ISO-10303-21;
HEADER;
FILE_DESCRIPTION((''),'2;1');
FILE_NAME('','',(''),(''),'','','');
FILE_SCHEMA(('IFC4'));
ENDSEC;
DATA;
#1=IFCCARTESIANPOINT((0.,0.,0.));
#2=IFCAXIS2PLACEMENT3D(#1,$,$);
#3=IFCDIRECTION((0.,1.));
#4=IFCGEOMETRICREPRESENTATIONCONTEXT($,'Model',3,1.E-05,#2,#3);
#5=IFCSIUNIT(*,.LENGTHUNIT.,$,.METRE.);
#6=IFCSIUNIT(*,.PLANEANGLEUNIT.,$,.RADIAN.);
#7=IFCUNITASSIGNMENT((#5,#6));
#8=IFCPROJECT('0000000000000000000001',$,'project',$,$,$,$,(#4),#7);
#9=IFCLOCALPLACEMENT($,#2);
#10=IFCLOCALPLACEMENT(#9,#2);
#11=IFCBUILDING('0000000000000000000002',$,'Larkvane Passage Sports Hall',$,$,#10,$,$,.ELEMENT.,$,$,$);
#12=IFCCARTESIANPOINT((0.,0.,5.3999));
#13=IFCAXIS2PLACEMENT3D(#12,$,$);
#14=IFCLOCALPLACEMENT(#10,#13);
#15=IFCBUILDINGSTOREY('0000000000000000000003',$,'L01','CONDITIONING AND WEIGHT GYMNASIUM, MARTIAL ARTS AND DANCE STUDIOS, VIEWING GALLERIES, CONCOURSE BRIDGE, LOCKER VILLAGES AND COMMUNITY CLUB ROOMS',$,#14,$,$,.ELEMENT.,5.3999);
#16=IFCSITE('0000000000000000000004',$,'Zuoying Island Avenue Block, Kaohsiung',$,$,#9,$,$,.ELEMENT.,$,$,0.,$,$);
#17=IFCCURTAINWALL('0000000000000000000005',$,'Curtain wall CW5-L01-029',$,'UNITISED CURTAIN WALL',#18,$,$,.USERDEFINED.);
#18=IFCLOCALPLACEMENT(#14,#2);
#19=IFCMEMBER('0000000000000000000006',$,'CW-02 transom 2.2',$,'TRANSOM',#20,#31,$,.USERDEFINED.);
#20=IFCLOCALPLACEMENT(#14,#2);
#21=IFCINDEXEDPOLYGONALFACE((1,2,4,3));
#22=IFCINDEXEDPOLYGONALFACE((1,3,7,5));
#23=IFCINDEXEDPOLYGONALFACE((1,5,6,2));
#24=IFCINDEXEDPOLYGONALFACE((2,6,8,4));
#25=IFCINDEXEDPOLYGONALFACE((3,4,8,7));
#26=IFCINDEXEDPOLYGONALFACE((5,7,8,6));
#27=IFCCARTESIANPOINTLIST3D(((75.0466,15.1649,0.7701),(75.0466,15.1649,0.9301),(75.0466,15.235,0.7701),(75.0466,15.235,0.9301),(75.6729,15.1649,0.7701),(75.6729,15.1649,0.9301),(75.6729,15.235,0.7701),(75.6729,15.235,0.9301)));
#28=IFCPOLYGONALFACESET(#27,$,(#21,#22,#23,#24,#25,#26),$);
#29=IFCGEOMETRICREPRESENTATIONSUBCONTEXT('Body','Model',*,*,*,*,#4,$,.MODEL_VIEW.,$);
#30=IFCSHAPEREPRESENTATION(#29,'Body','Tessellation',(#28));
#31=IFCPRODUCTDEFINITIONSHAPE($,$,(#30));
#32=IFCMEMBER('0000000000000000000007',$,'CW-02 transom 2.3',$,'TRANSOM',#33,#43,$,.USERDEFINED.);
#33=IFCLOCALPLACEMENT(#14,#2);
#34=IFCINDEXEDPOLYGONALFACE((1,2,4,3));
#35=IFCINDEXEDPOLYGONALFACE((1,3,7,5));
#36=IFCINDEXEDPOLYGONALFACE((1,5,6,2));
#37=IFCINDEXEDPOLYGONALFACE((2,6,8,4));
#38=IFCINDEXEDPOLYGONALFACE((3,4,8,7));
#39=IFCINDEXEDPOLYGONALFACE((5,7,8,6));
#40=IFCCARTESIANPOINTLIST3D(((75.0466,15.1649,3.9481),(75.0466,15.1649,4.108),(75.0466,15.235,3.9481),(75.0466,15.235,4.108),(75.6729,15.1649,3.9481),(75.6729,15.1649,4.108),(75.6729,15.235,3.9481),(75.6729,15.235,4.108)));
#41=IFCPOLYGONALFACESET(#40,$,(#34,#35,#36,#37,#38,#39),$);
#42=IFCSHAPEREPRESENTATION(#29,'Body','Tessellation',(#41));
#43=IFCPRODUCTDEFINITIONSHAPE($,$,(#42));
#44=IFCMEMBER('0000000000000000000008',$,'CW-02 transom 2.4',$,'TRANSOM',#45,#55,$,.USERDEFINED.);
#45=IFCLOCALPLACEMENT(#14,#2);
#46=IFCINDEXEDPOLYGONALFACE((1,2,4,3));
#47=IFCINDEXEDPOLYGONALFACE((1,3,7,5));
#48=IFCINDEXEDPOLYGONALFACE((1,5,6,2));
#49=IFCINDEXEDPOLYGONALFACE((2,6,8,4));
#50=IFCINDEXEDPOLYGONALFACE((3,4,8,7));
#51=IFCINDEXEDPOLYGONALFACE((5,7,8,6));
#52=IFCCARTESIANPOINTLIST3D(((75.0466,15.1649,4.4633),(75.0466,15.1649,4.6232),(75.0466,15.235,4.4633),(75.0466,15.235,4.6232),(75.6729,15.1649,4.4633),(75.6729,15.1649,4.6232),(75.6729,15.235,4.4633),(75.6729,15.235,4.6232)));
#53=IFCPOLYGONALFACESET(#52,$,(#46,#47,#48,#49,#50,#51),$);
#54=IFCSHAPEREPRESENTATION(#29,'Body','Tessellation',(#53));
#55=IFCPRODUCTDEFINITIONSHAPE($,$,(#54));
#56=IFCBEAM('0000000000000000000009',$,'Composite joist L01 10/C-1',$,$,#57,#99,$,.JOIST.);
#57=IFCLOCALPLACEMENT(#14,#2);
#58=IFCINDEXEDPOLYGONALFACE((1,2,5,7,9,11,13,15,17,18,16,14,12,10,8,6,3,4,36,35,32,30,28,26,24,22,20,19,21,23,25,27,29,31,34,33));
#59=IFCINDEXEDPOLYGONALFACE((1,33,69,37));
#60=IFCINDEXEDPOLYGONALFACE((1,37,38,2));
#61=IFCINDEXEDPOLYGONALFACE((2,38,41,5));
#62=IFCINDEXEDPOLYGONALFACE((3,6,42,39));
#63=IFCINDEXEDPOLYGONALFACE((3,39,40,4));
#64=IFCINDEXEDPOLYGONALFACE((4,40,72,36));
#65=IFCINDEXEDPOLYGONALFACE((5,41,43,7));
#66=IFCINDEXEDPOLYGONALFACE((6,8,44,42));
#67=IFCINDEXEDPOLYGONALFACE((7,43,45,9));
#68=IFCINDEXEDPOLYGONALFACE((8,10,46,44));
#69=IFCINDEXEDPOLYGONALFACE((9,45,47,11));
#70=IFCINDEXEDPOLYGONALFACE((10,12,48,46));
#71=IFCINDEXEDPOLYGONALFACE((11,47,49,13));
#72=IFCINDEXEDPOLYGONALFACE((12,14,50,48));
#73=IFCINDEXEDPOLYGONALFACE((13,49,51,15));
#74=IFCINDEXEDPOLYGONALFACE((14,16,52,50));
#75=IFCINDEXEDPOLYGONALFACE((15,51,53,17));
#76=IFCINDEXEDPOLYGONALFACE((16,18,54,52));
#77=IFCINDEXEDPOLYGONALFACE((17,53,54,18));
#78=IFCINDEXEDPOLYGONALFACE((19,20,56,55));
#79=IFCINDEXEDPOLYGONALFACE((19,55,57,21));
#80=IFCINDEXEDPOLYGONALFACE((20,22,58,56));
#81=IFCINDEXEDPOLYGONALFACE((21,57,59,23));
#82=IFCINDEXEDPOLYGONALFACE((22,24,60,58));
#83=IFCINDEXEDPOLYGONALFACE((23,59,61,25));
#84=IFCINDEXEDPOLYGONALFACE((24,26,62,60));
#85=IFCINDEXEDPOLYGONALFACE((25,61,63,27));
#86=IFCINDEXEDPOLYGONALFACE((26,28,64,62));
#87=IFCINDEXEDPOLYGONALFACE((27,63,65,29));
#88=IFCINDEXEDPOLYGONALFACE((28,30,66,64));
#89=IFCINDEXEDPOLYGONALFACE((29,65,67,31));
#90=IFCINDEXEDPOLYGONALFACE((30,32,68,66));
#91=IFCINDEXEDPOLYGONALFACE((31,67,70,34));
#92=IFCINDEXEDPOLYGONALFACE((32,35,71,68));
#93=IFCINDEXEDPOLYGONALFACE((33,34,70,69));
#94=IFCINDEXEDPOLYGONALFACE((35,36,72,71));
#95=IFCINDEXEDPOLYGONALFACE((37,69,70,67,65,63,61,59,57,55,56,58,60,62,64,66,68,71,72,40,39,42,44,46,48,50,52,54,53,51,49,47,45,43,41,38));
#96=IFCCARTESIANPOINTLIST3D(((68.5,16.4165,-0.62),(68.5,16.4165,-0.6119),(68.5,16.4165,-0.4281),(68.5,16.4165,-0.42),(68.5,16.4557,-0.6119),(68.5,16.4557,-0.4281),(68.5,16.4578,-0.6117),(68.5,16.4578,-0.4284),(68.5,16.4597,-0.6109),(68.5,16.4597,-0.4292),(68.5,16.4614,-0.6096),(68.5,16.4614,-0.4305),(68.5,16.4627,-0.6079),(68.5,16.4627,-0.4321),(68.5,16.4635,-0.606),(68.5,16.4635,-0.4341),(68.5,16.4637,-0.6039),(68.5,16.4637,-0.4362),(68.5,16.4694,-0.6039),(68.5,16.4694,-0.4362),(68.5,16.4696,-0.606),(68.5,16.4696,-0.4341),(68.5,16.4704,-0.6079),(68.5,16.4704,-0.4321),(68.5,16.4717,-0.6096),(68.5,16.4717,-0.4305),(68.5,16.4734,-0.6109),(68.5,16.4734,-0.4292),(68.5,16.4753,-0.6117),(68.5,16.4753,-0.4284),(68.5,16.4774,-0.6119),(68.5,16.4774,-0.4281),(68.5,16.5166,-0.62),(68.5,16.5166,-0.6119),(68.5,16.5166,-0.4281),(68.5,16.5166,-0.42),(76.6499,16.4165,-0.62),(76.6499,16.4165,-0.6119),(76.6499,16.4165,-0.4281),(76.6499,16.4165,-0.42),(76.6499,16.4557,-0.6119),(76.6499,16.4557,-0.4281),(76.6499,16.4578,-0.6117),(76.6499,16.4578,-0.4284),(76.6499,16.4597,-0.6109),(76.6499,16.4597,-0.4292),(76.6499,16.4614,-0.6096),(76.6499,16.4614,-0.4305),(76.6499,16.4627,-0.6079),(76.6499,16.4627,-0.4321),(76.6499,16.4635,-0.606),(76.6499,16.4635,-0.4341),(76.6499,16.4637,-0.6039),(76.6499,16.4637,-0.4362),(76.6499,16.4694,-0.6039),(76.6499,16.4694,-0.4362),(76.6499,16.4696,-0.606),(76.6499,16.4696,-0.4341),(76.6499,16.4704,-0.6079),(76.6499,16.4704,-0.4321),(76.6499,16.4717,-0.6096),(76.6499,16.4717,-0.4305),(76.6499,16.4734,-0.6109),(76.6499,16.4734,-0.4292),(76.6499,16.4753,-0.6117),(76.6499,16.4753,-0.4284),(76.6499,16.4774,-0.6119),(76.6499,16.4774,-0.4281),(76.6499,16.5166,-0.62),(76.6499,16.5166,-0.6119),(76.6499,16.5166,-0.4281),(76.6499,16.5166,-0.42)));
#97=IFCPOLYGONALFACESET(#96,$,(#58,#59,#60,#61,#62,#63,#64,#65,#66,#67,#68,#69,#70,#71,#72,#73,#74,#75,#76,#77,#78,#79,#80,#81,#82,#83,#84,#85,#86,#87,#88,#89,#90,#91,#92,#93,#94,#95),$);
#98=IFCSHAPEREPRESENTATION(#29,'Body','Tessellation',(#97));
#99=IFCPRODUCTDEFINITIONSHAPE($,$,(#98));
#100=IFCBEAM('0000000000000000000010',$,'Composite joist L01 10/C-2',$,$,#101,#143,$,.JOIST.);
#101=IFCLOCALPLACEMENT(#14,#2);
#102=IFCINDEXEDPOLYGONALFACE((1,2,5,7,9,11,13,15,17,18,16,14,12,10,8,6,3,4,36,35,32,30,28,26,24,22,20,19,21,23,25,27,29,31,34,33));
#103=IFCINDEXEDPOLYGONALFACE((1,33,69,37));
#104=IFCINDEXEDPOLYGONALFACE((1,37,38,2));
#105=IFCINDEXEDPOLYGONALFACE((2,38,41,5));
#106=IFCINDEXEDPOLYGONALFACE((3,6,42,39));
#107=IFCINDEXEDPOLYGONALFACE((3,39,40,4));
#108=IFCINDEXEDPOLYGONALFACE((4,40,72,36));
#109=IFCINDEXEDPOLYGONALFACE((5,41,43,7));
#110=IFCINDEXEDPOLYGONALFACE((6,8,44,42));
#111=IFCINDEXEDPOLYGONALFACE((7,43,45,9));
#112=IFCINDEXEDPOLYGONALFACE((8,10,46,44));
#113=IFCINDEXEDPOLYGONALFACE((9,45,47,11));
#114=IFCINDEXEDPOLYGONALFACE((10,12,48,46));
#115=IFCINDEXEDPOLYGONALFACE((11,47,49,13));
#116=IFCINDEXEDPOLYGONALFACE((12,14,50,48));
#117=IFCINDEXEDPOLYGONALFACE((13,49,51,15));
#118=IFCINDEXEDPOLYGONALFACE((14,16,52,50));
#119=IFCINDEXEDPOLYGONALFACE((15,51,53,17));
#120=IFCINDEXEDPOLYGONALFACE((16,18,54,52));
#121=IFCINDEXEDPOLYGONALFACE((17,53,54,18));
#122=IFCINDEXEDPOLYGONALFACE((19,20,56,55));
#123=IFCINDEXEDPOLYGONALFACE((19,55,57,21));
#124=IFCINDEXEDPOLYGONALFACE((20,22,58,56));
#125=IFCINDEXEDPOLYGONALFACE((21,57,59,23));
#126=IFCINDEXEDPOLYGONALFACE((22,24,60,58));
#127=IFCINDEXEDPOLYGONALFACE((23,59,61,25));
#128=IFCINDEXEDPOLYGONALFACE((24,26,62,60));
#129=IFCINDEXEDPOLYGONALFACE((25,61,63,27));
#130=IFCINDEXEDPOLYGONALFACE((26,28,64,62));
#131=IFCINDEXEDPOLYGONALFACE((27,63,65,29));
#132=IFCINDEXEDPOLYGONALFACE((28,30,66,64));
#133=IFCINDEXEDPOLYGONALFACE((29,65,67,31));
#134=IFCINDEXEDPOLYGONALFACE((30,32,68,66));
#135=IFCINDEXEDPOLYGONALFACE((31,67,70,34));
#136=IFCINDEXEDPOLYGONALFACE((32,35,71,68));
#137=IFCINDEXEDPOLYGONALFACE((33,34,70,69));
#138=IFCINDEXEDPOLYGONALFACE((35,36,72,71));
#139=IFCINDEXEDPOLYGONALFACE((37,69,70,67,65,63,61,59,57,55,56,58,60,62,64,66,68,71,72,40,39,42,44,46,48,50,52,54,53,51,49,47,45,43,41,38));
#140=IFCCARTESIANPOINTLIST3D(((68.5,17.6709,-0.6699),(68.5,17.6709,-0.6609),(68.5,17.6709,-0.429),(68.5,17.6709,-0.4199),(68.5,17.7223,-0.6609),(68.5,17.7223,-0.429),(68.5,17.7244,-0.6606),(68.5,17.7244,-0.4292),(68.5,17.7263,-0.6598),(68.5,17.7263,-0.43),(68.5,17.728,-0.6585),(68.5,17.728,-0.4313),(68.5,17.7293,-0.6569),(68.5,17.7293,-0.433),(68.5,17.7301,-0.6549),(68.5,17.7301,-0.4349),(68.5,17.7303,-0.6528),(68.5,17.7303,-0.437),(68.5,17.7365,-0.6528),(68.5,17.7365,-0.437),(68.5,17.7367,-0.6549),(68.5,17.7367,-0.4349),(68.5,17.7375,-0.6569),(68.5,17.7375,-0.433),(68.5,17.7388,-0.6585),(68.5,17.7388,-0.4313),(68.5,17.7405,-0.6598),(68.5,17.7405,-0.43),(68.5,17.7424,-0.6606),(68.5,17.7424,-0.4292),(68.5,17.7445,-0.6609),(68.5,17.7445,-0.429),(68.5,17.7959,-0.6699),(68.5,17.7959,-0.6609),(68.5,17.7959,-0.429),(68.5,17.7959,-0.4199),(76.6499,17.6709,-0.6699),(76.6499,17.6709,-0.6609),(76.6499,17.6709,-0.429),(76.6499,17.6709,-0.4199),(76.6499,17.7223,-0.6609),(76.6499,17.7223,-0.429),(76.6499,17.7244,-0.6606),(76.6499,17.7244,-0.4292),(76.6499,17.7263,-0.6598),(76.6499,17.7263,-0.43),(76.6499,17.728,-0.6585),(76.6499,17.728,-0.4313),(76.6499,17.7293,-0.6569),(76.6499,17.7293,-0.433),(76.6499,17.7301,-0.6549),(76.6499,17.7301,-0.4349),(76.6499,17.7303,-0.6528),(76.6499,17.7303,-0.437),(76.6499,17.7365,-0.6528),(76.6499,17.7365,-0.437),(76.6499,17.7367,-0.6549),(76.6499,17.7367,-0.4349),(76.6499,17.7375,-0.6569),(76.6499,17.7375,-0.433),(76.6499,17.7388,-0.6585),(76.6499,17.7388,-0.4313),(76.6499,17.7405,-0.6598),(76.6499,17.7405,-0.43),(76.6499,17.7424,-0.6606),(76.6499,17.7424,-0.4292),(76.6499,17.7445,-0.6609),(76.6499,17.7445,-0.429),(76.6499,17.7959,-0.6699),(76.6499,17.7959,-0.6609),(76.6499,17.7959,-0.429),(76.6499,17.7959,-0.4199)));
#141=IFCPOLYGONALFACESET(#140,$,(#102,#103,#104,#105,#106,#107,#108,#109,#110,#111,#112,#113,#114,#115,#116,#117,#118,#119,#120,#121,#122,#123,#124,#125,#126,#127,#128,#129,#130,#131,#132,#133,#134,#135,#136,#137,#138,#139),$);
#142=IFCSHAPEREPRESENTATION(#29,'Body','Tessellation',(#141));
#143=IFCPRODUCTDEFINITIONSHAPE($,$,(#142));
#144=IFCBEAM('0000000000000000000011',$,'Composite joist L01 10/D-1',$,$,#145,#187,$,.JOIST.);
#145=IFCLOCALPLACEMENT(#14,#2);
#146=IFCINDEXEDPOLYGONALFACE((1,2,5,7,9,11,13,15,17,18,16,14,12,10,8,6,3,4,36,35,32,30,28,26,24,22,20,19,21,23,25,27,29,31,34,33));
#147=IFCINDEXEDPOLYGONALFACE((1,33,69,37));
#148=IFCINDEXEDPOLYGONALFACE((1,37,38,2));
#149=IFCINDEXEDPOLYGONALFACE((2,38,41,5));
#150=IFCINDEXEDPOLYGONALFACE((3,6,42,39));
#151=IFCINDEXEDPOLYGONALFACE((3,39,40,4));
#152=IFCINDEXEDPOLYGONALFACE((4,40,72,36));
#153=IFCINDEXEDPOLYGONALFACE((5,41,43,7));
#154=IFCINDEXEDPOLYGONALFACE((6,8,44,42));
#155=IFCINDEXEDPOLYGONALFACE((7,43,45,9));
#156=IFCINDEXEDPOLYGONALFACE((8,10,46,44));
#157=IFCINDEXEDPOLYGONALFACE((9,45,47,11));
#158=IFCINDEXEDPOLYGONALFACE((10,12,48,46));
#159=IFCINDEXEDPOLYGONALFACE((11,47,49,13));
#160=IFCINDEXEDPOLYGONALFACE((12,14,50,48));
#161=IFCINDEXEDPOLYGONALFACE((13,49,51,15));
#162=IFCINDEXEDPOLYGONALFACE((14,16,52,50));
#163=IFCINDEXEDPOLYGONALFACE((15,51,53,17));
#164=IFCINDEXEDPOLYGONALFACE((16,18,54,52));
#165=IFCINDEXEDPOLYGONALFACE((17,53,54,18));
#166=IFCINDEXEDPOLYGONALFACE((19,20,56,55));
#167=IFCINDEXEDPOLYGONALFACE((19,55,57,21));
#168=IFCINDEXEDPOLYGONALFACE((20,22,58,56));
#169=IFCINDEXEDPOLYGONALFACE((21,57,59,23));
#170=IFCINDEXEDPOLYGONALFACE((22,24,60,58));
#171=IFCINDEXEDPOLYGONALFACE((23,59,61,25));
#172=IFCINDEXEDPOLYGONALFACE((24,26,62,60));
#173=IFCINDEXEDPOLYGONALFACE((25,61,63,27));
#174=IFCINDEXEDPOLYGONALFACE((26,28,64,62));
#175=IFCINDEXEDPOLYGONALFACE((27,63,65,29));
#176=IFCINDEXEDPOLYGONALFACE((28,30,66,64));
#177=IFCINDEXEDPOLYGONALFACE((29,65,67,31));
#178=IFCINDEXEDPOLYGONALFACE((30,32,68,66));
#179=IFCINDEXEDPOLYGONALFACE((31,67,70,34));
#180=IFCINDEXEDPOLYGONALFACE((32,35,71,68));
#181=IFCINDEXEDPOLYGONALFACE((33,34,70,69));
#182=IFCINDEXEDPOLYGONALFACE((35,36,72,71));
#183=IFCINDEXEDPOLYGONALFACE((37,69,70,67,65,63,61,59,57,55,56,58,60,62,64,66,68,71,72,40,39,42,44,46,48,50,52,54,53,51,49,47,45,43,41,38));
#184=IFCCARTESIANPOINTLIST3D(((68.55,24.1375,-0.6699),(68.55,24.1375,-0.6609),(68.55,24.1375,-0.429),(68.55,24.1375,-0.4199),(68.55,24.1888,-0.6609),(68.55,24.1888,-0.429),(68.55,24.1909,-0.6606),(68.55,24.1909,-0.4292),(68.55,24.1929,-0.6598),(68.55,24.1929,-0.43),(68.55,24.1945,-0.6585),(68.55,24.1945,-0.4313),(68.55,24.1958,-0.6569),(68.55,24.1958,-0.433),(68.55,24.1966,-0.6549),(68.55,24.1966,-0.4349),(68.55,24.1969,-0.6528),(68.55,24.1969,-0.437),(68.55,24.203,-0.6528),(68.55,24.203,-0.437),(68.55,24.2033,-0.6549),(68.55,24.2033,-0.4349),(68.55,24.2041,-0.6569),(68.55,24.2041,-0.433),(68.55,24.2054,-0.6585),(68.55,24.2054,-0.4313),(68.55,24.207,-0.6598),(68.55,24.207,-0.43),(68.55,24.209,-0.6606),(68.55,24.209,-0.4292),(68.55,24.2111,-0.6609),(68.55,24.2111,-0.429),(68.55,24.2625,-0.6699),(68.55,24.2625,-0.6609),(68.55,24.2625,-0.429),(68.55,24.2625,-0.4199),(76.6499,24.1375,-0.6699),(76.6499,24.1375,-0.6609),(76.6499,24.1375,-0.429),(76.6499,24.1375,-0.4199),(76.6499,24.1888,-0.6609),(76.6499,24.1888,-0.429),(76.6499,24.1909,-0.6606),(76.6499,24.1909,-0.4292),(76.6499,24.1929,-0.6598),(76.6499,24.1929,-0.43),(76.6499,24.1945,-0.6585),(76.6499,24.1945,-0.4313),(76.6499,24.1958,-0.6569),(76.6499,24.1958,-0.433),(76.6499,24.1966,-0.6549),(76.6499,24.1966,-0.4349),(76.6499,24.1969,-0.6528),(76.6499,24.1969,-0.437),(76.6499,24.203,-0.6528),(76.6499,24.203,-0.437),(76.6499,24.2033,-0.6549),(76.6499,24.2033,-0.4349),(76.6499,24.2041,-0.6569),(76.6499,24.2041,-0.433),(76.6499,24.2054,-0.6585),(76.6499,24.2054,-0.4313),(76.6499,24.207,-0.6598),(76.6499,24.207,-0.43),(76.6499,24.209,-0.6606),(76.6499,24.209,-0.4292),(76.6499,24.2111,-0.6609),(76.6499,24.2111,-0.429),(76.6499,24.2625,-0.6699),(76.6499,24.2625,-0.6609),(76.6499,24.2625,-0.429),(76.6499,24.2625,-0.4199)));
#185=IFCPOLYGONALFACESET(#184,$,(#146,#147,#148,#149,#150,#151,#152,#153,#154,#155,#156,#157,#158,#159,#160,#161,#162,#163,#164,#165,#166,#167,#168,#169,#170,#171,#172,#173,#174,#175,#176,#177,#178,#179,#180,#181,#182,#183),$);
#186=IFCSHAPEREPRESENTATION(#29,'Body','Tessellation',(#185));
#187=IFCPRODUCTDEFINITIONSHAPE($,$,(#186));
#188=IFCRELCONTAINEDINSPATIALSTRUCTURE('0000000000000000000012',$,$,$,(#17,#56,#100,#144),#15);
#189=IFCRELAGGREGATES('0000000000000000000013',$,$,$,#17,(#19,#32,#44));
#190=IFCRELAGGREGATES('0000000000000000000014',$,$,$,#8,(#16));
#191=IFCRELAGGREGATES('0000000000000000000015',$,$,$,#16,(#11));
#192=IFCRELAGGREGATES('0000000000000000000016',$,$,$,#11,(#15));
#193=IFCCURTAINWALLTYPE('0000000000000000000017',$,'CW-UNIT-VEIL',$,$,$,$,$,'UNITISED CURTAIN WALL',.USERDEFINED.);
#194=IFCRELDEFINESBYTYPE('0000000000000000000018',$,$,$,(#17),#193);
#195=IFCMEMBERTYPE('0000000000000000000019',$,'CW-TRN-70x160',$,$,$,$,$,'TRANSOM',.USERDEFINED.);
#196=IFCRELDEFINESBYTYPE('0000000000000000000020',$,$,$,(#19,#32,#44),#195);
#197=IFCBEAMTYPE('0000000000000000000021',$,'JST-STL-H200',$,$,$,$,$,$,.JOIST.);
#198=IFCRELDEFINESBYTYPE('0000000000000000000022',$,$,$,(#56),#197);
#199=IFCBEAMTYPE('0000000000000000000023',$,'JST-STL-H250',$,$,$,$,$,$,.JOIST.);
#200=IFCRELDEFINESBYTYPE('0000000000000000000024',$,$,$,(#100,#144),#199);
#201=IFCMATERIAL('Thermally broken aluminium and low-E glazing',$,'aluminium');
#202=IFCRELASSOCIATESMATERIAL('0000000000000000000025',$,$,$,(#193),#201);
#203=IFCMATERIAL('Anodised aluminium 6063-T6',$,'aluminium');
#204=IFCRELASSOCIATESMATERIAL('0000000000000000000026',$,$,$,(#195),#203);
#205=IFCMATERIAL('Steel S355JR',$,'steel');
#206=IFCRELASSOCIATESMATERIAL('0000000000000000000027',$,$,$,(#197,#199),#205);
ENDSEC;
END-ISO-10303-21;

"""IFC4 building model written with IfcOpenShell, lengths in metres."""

from ifc_helpers import new_model, si_unit, direction, frame, origin, origin_2d, place, context, subcontext, project, spatial, rectangle, i_section, extrude, material, material_profile, profile_set, type_object, element, aggregate, save


model = new_model("IFC4")

# Units and contexts
model_context = context("Model", 3, precision=1e-05, world=origin(), true_north=direction((0.0, 1.0)))
body_context = subcontext(model_context, "Body", "Model", "MODEL_VIEW")
ifc_project = project(units=[si_unit("LENGTHUNIT", "METRE"), si_unit("PLANEANGLEUNIT", "RADIAN")], contexts=[model_context])

# Site, building, storey
site_placement = place(None, origin())
site = spatial("IfcSite", under=ifc_project, at=site_placement, Name="Zuoying Island Avenue Block, Kaohsiung", CompositionType="ELEMENT", RefElevation=0.0)
building_placement = place(site_placement, origin())
building = spatial("IfcBuilding", under=site, at=building_placement, Name="Larkvane Passage Sports Hall", CompositionType="ELEMENT")
storey_placement = place(building_placement, frame((0.0, 0.0, 5.3999)))
storey = spatial("IfcBuildingStorey", under=building, at=storey_placement, Name="L01", Description="CONDITIONING AND WEIGHT GYMNASIUM, MARTIAL ARTS AND DANCE STUDIOS, VIEWING GALLERIES, CONCOURSE BRIDGE, LOCKER VILLAGES AND COMMUNITY CLUB ROOMS", CompositionType="ELEMENT", Elevation=5.3999)

# Shared definitions
ifc_material_1 = material(Name="Steel S355JR", Category="steel")

# Curtain wall, members
ifc_material_2 = material(Name="Thermally broken aluminium and low-E glazing", Category="aluminium")
curtain_wall_type = type_object("IfcCurtainWallType", Name="CW-UNIT-VEIL", ElementType="UNITISED CURTAIN WALL", PredefinedType="USERDEFINED", material=ifc_material_2)
curtain_wall_placement = place(storey_placement, origin())
curtain_wall = element("IfcCurtainWall", 1, at=curtain_wall_placement, inside=storey, type_object=curtain_wall_type, Name="Curtain wall CW5-L01-029", ObjectType="UNITISED CURTAIN WALL", PredefinedType="USERDEFINED")
ifc_material_3 = material(Name="Anodised aluminium 6063-T6", Category="aluminium")
ifc_material_profile_1 = material_profile(ifc_material_3, rectangle(XDim=0.0701, YDim=0.1599, at=origin_2d()), Name="ALU-TRN-70x160")
ifc_profile_set_1 = profile_set([ifc_material_profile_1], Name="Anodised aluminium 6063-T6")
member_type_1 = type_object("IfcMemberType", Name="CW-TRN-70x160", ElementType="TRANSOM", PredefinedType="USERDEFINED", material=ifc_profile_set_1)
member_1_placement = place(storey_placement, frame((75.6729, 15.2, 0.8501), z_axis=(-1.0, 0.0, 0.0), x_axis=(0.0, -1.0, 0.0)))
member_1 = element("IfcMember", 2, at=member_1_placement, type_object=member_type_1, Name="CW-02 transom 2.2", ObjectType="TRANSOM", PredefinedType="USERDEFINED", context=body_context, shape_type="SweptSolid", body=[
    extrude(rectangle(XDim=0.0701, YDim=0.1599, at=origin_2d()), origin(), (0.0, 0.0, 1.0), 0.6262),
])
member_2_placement = place(storey_placement, frame((75.6729, 15.2, 4.0281), z_axis=(-1.0, 0.0, 0.0), x_axis=(0.0, -1.0, 0.0)))
member_2 = element("IfcMember", 3, at=member_2_placement, type_object=member_type_1, Name="CW-02 transom 2.3", ObjectType="TRANSOM", PredefinedType="USERDEFINED", context=body_context, shape_type="SweptSolid", body=[
    extrude(rectangle(XDim=0.0701, YDim=0.1599, at=origin_2d()), origin(), (0.0, 0.0, 1.0), 0.6262),
])
member_3_placement = place(storey_placement, frame((75.6729, 15.2, 4.5432), z_axis=(-1.0, 0.0, 0.0), x_axis=(0.0, -1.0, 0.0)))
member_3 = element("IfcMember", 4, at=member_3_placement, type_object=member_type_1, Name="CW-02 transom 2.4", ObjectType="TRANSOM", PredefinedType="USERDEFINED", context=body_context, shape_type="SweptSolid", body=[
    extrude(rectangle(XDim=0.0701, YDim=0.1599, at=origin_2d()), origin(), (0.0, 0.0, 1.0), 0.6262),
])

# Beams
ifc_material_profile_2 = material_profile(ifc_material_1, i_section(OverallWidth=0.1001, OverallDepth=0.2, WebThickness=0.0056, FlangeThickness=0.0081, FilletRadius=0.0081, at=origin_2d()), Name="H-200x100x5.5x8")
ifc_profile_set_2 = profile_set([ifc_material_profile_2], Name="Steel S355JR")
beam_type_1 = type_object("IfcBeamType", Name="JST-STL-H200", PredefinedType="JOIST", material=ifc_profile_set_2)
beam_1_placement = place(storey_placement, frame((68.5, 16.4666, -0.52), z_axis=(1.0, 0.0, 0.0), x_axis=(0.0, 1.0, 0.0)))
element("IfcBeam", 5, at=beam_1_placement, inside=storey, type_object=beam_type_1, Name="Composite joist L01 10/C-1", PredefinedType="JOIST", context=body_context, shape_type="SweptSolid", body=[
    extrude(i_section(OverallWidth=0.1001, OverallDepth=0.2, WebThickness=0.0056, FlangeThickness=0.0081, FilletRadius=0.0081, at=origin_2d()), origin(), (0.0, 0.0, 1.0), 8.1499),
])
ifc_material_profile_3 = material_profile(ifc_material_1, i_section(OverallWidth=0.125, OverallDepth=0.25, WebThickness=0.0061, FlangeThickness=0.009, FilletRadius=0.0081, at=origin_2d()), Name="H-250x125x6x9")
ifc_profile_set_3 = profile_set([ifc_material_profile_3], Name="Steel S355JR")
beam_type_2 = type_object("IfcBeamType", Name="JST-STL-H250", PredefinedType="JOIST", material=ifc_profile_set_3)
beam_2_placement = place(storey_placement, frame((68.5, 17.7334, -0.5449), z_axis=(1.0, 0.0, 0.0), x_axis=(0.0, 1.0, 0.0)))
element("IfcBeam", 6, at=beam_2_placement, inside=storey, type_object=beam_type_2, Name="Composite joist L01 10/C-2", PredefinedType="JOIST", context=body_context, shape_type="SweptSolid", body=[
    extrude(i_section(OverallWidth=0.125, OverallDepth=0.25, WebThickness=0.0061, FlangeThickness=0.009, FilletRadius=0.0081, at=origin_2d()), origin(), (0.0, 0.0, 1.0), 8.1499),
])
beam_3_placement = place(storey_placement, frame((68.55, 24.2, -0.5449), z_axis=(1.0, 0.0, 0.0), x_axis=(0.0, 1.0, 0.0)))
element("IfcBeam", 7, at=beam_3_placement, inside=storey, type_object=beam_type_2, Name="Composite joist L01 10/D-1", PredefinedType="JOIST", context=body_context, shape_type="SweptSolid", body=[
    extrude(i_section(OverallWidth=0.125, OverallDepth=0.25, WebThickness=0.0061, FlangeThickness=0.009, FilletRadius=0.0081, at=origin_2d()), origin(), (0.0, 0.0, 1.0), 8.0999),
])

aggregate(curtain_wall, [member_1, member_2, member_3])

save(model, "model.ifc")
